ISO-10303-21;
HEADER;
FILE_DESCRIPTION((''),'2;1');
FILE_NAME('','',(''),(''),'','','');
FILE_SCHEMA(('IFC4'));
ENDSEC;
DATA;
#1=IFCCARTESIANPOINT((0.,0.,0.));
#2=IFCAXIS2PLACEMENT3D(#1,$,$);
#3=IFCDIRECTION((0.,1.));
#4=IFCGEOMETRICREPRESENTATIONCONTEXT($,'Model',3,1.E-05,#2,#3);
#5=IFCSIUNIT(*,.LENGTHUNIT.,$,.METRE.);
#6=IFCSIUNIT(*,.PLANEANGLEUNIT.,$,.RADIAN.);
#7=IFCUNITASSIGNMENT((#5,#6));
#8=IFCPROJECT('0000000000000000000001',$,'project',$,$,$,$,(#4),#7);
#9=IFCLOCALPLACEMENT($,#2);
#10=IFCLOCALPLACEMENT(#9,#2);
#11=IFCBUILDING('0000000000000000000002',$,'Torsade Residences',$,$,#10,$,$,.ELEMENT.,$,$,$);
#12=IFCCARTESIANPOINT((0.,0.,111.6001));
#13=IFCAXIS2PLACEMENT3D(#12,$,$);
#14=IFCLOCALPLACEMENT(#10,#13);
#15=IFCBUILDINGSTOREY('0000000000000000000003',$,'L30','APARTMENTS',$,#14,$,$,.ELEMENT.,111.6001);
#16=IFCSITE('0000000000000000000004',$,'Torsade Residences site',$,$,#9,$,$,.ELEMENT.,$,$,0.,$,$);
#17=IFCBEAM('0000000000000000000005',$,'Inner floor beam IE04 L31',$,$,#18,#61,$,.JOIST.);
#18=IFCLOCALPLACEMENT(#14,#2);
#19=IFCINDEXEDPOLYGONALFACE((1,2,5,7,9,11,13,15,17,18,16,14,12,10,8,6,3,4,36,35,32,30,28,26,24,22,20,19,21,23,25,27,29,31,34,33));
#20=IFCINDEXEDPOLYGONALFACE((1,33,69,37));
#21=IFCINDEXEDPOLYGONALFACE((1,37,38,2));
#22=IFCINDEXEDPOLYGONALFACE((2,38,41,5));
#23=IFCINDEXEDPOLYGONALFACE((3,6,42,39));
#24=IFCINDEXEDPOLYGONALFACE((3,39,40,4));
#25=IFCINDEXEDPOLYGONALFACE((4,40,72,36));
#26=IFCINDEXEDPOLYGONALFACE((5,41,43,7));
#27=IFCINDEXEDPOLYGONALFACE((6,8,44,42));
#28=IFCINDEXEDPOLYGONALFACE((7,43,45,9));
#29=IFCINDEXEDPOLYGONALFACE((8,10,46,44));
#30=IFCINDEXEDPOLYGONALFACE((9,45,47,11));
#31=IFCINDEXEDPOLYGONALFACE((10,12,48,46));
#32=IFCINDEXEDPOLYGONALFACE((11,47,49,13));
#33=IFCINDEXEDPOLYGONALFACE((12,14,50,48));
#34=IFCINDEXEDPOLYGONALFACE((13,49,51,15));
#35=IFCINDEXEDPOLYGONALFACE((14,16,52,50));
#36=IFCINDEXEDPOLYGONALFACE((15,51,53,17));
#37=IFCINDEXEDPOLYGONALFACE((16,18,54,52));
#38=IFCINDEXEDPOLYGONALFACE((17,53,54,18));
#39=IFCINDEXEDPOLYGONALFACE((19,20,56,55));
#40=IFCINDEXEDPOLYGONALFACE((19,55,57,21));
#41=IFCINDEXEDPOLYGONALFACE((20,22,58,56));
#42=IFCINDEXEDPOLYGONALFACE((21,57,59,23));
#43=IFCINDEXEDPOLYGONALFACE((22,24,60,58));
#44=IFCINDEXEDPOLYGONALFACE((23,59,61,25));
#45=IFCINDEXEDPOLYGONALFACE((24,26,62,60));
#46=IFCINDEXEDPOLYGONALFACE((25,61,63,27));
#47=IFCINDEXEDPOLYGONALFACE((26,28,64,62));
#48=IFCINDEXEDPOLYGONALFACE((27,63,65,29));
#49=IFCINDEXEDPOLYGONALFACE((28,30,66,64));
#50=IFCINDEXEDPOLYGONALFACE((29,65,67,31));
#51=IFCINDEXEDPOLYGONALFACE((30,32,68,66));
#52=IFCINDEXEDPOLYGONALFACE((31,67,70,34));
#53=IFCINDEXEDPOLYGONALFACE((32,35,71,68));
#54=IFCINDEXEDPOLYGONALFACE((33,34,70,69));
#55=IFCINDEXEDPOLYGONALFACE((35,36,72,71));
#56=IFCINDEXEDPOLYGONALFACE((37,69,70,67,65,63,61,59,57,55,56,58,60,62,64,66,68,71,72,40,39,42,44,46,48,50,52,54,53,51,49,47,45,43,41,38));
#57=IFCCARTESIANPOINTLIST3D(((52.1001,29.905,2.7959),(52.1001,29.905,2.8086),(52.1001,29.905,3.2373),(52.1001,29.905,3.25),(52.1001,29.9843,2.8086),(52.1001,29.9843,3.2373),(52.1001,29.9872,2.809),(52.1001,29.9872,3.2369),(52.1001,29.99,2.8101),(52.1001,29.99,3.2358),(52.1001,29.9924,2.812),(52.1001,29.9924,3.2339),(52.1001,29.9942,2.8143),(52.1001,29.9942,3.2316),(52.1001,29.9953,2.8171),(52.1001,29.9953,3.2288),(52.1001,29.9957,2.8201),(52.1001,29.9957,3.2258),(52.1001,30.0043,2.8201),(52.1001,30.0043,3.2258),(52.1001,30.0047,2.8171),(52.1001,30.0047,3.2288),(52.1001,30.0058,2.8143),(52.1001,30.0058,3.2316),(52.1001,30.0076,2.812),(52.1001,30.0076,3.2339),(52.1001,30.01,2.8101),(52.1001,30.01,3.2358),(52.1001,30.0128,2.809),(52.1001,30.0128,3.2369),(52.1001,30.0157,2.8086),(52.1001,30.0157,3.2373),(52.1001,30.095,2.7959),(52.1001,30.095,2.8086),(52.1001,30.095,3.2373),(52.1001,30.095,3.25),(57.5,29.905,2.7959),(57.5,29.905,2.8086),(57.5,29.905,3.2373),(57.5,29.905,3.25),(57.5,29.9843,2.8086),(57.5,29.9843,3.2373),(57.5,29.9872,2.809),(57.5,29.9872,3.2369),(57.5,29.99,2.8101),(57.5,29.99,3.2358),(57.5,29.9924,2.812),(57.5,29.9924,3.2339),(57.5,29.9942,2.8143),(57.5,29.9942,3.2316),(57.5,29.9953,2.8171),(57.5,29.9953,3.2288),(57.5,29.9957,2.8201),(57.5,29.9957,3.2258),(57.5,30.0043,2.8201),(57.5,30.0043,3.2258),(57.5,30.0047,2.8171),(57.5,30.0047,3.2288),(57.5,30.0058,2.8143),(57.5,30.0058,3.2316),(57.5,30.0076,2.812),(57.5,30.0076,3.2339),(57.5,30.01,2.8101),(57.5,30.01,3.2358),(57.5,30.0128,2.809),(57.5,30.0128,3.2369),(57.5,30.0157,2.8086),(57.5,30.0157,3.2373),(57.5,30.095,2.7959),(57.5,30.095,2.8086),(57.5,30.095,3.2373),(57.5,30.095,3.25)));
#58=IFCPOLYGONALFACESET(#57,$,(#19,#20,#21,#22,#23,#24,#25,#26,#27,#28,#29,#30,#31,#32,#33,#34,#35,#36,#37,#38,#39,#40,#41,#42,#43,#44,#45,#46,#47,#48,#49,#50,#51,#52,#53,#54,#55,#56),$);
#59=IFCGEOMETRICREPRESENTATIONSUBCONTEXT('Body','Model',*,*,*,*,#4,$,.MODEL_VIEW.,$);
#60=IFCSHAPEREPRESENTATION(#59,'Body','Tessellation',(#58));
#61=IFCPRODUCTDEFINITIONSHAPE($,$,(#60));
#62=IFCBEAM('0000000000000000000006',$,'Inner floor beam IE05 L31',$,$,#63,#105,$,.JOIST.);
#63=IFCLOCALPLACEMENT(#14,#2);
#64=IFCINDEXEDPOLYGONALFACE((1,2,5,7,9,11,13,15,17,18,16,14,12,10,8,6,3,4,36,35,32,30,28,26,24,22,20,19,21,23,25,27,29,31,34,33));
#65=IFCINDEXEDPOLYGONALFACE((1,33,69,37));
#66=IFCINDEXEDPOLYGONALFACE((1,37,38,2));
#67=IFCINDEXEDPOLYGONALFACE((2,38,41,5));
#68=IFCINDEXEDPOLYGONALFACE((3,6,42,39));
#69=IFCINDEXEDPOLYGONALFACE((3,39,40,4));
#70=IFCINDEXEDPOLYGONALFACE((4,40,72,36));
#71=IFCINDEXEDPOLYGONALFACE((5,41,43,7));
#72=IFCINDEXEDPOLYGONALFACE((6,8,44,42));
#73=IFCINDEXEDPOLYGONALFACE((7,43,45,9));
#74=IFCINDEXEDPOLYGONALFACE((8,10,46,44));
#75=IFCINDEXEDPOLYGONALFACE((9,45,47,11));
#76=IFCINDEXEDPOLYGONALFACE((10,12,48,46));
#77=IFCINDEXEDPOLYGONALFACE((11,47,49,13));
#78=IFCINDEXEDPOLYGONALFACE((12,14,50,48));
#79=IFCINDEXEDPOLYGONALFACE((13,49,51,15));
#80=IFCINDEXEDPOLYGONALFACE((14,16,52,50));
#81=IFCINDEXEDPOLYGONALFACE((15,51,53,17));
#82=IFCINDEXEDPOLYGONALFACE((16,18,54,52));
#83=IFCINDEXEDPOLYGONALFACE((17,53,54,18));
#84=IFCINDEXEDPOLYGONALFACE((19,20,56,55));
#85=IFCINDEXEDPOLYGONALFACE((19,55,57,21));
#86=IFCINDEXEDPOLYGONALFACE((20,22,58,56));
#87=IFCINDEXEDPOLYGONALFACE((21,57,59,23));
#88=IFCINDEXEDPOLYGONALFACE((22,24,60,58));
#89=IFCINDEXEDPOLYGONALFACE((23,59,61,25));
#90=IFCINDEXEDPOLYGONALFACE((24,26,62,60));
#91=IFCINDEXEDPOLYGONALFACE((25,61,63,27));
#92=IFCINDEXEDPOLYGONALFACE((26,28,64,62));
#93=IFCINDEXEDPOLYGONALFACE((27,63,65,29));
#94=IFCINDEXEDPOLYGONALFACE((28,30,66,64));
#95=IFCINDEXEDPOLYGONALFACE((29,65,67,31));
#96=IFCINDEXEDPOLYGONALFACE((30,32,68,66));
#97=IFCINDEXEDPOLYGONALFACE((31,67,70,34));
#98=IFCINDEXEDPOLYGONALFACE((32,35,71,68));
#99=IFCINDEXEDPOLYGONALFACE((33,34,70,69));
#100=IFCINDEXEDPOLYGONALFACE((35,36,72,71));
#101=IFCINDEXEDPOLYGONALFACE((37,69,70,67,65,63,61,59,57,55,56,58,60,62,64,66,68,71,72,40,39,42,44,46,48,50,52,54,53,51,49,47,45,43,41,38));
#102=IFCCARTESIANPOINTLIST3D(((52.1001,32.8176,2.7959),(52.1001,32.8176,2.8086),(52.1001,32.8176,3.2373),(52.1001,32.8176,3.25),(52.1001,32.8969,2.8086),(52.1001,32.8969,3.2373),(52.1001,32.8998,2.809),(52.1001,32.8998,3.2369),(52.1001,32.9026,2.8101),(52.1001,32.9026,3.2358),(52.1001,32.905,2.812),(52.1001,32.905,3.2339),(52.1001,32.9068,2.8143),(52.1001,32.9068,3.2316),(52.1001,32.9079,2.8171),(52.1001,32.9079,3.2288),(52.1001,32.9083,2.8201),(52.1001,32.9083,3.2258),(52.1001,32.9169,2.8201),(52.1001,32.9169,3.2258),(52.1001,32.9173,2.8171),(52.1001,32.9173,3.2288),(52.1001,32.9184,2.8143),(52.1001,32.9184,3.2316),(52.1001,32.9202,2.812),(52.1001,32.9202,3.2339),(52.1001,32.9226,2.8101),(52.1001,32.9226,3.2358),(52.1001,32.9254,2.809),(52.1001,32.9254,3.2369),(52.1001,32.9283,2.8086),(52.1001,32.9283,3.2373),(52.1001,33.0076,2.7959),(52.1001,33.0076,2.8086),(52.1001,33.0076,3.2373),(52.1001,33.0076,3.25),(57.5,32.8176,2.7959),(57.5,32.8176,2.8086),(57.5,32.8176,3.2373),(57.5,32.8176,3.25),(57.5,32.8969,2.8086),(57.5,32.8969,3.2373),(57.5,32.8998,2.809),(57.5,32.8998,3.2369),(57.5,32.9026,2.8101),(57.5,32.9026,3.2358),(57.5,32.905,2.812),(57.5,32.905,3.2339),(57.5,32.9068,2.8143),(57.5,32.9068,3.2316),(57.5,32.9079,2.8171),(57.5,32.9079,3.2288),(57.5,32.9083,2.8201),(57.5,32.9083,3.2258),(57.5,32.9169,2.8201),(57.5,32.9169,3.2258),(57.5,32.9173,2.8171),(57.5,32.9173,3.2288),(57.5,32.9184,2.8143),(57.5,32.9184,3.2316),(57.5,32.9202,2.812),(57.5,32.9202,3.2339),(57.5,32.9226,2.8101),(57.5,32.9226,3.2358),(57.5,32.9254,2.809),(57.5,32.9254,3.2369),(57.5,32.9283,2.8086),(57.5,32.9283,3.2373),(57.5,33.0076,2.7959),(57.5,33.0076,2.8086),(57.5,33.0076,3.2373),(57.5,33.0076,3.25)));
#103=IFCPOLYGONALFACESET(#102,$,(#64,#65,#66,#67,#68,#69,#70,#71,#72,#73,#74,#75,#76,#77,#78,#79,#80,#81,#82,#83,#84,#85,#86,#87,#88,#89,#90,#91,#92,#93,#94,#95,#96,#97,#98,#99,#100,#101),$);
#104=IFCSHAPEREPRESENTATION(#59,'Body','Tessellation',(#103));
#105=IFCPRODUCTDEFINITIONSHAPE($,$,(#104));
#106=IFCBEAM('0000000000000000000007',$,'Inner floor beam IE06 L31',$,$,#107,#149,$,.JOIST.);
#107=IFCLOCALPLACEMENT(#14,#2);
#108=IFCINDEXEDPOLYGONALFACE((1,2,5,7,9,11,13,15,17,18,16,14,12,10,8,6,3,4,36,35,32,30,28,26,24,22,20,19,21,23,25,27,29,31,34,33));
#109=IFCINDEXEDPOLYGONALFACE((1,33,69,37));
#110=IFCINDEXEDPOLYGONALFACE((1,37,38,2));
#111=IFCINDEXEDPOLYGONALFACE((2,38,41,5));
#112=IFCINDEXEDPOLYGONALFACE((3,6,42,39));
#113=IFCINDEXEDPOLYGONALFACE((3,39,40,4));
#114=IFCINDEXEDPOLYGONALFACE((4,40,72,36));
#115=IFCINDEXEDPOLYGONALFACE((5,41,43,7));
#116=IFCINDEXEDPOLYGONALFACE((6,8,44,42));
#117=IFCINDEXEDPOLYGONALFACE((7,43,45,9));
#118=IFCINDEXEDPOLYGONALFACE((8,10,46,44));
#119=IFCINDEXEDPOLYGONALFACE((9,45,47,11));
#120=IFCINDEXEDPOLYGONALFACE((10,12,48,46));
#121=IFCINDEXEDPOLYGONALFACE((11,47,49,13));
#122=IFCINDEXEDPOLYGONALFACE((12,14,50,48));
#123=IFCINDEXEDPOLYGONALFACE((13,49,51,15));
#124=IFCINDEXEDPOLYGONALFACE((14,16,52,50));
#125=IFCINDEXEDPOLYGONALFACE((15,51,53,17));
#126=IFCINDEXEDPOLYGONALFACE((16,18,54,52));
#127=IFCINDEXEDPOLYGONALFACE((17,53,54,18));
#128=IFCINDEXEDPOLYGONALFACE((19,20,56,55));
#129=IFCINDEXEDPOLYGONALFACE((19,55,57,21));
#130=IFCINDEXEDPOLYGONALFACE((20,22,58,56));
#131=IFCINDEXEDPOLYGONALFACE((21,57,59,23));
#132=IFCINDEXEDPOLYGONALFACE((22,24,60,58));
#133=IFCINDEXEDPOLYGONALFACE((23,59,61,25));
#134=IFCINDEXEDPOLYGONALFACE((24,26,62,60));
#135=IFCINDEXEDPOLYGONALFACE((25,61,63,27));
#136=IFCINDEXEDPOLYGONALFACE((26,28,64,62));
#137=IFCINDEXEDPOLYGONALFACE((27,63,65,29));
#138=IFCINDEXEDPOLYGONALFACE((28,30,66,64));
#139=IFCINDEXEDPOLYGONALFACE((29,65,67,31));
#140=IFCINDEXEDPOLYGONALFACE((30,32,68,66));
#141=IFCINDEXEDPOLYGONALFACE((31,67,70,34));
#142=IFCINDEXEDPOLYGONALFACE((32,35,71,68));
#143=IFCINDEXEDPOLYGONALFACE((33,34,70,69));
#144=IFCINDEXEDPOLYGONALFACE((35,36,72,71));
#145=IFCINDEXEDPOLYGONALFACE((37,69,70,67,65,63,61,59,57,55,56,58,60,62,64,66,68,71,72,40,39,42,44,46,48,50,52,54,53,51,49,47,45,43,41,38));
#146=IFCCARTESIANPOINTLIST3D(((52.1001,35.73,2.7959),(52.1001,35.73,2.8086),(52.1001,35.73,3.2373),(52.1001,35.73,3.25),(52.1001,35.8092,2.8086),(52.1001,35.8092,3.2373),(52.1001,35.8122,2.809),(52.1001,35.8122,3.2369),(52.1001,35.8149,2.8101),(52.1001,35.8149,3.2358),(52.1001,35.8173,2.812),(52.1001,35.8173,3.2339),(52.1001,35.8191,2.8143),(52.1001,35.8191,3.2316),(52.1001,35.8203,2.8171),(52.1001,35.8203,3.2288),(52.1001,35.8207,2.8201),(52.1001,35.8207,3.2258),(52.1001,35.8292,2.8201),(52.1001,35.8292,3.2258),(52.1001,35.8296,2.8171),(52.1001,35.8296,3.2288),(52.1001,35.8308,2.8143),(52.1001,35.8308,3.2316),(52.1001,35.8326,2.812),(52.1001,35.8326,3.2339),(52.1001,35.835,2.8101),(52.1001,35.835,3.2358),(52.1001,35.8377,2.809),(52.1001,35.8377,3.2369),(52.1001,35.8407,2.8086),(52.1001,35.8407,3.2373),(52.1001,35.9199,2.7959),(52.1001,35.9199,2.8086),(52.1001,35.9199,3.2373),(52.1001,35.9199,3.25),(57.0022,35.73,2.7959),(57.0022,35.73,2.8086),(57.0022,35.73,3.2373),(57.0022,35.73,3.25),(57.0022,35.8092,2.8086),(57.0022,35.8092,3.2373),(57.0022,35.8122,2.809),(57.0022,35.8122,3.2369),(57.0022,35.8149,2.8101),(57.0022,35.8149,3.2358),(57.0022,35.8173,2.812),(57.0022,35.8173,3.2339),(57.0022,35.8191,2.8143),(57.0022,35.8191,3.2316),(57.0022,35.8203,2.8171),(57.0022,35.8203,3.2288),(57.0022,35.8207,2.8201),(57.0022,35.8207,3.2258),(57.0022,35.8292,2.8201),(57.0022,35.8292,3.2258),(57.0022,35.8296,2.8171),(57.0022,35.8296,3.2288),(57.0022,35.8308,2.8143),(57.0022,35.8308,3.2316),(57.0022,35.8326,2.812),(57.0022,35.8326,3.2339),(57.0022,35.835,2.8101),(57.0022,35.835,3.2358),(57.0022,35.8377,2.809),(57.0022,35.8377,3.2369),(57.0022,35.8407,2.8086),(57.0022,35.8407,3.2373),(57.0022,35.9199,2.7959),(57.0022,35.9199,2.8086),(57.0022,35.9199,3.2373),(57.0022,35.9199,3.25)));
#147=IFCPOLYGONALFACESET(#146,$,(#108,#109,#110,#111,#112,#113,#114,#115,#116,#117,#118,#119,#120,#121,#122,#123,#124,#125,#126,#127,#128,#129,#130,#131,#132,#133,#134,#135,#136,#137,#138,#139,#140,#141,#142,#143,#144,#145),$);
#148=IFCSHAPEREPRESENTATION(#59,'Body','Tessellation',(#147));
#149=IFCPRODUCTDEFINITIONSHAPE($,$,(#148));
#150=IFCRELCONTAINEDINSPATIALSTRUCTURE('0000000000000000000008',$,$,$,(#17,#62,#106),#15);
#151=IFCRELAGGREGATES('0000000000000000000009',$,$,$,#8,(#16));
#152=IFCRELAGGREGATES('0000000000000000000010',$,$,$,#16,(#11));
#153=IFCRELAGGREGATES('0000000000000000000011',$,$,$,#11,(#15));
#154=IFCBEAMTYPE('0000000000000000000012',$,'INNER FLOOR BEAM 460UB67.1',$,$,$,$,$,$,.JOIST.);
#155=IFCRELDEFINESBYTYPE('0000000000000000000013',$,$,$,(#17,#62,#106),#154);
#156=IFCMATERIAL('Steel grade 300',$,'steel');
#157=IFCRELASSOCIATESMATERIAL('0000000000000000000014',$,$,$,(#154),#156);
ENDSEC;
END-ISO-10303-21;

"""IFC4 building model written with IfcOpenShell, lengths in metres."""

from ifc_helpers import new_model, si_unit, direction, frame, origin, origin_2d, place, context, subcontext, project, spatial, i_section, extrude, material, material_profile, profile_set, type_object, element, save


model = new_model("IFC4")

# Units and contexts
model_context = context("Model", 3, precision=1e-05, world=origin(), true_north=direction((0.0, 1.0)))
body_context = subcontext(model_context, "Body", "Model", "MODEL_VIEW")
ifc_project = project(units=[si_unit("LENGTHUNIT", "METRE"), si_unit("PLANEANGLEUNIT", "RADIAN")], contexts=[model_context])

# Site, building, storey
site_placement = place(None, origin())
site = spatial("IfcSite", under=ifc_project, at=site_placement, Name="Torsade Residences site", CompositionType="ELEMENT", RefElevation=0.0)
building_placement = place(site_placement, origin())
building = spatial("IfcBuilding", under=site, at=building_placement, Name="Torsade Residences", CompositionType="ELEMENT")
storey_placement = place(building_placement, frame((0.0, 0.0, 111.6001)))
storey = spatial("IfcBuildingStorey", under=building, at=storey_placement, Name="L30", Description="APARTMENTS", CompositionType="ELEMENT", Elevation=111.6001)

# Beams
ifc_material_1 = material(Name="Steel grade 300", Category="steel")
ifc_material_profile = material_profile(ifc_material_1, i_section(OverallWidth=0.1899, OverallDepth=0.4541, WebThickness=0.0085, FlangeThickness=0.0127, FilletRadius=0.0115, at=origin_2d()), Name="460UB67.1")
ifc_profile_set = profile_set([ifc_material_profile], Name="Steel grade 300")
beam_type = type_object("IfcBeamType", Name="INNER FLOOR BEAM 460UB67.1", PredefinedType="JOIST", material=ifc_profile_set)
for number, where, z_axis, x_axis, name in (
    (1, (52.1001, 30.0, 3.0229), (1.0, 0.0, 0.0), (0.0, 1.0, 0.0), "Inner floor beam IE04 L31"),
    (2, (52.1001, 32.9126, 3.0229), (1.0, 0.0, 0.0), (0.0, 1.0, 0.0), "Inner floor beam IE05 L31"),
):
    element("IfcBeam", number, at=place(storey_placement, frame(where, z_axis=z_axis, x_axis=x_axis)), inside=storey, type_object=beam_type, Name=name, PredefinedType="JOIST", context=body_context, shape_type="SweptSolid", body=[
        extrude(i_section(OverallWidth=0.1899, OverallDepth=0.4541, WebThickness=0.0085, FlangeThickness=0.0127, FilletRadius=0.0115, at=origin_2d()), origin(), (0.0, 0.0, 1.0), 5.3999),
    ])
beam_placement = place(storey_placement, frame((52.1001, 35.825, 3.0229), z_axis=(1.0, 0.0, 0.0), x_axis=(0.0, 1.0, 0.0)))
element("IfcBeam", 3, at=beam_placement, inside=storey, type_object=beam_type, Name="Inner floor beam IE06 L31", PredefinedType="JOIST", context=body_context, shape_type="SweptSolid", body=[
    extrude(i_section(OverallWidth=0.1899, OverallDepth=0.4541, WebThickness=0.0085, FlangeThickness=0.0127, FilletRadius=0.0115, at=origin_2d()), origin(), (0.0, 0.0, 1.0), 4.9021),
])

save(model, "model.ifc")
